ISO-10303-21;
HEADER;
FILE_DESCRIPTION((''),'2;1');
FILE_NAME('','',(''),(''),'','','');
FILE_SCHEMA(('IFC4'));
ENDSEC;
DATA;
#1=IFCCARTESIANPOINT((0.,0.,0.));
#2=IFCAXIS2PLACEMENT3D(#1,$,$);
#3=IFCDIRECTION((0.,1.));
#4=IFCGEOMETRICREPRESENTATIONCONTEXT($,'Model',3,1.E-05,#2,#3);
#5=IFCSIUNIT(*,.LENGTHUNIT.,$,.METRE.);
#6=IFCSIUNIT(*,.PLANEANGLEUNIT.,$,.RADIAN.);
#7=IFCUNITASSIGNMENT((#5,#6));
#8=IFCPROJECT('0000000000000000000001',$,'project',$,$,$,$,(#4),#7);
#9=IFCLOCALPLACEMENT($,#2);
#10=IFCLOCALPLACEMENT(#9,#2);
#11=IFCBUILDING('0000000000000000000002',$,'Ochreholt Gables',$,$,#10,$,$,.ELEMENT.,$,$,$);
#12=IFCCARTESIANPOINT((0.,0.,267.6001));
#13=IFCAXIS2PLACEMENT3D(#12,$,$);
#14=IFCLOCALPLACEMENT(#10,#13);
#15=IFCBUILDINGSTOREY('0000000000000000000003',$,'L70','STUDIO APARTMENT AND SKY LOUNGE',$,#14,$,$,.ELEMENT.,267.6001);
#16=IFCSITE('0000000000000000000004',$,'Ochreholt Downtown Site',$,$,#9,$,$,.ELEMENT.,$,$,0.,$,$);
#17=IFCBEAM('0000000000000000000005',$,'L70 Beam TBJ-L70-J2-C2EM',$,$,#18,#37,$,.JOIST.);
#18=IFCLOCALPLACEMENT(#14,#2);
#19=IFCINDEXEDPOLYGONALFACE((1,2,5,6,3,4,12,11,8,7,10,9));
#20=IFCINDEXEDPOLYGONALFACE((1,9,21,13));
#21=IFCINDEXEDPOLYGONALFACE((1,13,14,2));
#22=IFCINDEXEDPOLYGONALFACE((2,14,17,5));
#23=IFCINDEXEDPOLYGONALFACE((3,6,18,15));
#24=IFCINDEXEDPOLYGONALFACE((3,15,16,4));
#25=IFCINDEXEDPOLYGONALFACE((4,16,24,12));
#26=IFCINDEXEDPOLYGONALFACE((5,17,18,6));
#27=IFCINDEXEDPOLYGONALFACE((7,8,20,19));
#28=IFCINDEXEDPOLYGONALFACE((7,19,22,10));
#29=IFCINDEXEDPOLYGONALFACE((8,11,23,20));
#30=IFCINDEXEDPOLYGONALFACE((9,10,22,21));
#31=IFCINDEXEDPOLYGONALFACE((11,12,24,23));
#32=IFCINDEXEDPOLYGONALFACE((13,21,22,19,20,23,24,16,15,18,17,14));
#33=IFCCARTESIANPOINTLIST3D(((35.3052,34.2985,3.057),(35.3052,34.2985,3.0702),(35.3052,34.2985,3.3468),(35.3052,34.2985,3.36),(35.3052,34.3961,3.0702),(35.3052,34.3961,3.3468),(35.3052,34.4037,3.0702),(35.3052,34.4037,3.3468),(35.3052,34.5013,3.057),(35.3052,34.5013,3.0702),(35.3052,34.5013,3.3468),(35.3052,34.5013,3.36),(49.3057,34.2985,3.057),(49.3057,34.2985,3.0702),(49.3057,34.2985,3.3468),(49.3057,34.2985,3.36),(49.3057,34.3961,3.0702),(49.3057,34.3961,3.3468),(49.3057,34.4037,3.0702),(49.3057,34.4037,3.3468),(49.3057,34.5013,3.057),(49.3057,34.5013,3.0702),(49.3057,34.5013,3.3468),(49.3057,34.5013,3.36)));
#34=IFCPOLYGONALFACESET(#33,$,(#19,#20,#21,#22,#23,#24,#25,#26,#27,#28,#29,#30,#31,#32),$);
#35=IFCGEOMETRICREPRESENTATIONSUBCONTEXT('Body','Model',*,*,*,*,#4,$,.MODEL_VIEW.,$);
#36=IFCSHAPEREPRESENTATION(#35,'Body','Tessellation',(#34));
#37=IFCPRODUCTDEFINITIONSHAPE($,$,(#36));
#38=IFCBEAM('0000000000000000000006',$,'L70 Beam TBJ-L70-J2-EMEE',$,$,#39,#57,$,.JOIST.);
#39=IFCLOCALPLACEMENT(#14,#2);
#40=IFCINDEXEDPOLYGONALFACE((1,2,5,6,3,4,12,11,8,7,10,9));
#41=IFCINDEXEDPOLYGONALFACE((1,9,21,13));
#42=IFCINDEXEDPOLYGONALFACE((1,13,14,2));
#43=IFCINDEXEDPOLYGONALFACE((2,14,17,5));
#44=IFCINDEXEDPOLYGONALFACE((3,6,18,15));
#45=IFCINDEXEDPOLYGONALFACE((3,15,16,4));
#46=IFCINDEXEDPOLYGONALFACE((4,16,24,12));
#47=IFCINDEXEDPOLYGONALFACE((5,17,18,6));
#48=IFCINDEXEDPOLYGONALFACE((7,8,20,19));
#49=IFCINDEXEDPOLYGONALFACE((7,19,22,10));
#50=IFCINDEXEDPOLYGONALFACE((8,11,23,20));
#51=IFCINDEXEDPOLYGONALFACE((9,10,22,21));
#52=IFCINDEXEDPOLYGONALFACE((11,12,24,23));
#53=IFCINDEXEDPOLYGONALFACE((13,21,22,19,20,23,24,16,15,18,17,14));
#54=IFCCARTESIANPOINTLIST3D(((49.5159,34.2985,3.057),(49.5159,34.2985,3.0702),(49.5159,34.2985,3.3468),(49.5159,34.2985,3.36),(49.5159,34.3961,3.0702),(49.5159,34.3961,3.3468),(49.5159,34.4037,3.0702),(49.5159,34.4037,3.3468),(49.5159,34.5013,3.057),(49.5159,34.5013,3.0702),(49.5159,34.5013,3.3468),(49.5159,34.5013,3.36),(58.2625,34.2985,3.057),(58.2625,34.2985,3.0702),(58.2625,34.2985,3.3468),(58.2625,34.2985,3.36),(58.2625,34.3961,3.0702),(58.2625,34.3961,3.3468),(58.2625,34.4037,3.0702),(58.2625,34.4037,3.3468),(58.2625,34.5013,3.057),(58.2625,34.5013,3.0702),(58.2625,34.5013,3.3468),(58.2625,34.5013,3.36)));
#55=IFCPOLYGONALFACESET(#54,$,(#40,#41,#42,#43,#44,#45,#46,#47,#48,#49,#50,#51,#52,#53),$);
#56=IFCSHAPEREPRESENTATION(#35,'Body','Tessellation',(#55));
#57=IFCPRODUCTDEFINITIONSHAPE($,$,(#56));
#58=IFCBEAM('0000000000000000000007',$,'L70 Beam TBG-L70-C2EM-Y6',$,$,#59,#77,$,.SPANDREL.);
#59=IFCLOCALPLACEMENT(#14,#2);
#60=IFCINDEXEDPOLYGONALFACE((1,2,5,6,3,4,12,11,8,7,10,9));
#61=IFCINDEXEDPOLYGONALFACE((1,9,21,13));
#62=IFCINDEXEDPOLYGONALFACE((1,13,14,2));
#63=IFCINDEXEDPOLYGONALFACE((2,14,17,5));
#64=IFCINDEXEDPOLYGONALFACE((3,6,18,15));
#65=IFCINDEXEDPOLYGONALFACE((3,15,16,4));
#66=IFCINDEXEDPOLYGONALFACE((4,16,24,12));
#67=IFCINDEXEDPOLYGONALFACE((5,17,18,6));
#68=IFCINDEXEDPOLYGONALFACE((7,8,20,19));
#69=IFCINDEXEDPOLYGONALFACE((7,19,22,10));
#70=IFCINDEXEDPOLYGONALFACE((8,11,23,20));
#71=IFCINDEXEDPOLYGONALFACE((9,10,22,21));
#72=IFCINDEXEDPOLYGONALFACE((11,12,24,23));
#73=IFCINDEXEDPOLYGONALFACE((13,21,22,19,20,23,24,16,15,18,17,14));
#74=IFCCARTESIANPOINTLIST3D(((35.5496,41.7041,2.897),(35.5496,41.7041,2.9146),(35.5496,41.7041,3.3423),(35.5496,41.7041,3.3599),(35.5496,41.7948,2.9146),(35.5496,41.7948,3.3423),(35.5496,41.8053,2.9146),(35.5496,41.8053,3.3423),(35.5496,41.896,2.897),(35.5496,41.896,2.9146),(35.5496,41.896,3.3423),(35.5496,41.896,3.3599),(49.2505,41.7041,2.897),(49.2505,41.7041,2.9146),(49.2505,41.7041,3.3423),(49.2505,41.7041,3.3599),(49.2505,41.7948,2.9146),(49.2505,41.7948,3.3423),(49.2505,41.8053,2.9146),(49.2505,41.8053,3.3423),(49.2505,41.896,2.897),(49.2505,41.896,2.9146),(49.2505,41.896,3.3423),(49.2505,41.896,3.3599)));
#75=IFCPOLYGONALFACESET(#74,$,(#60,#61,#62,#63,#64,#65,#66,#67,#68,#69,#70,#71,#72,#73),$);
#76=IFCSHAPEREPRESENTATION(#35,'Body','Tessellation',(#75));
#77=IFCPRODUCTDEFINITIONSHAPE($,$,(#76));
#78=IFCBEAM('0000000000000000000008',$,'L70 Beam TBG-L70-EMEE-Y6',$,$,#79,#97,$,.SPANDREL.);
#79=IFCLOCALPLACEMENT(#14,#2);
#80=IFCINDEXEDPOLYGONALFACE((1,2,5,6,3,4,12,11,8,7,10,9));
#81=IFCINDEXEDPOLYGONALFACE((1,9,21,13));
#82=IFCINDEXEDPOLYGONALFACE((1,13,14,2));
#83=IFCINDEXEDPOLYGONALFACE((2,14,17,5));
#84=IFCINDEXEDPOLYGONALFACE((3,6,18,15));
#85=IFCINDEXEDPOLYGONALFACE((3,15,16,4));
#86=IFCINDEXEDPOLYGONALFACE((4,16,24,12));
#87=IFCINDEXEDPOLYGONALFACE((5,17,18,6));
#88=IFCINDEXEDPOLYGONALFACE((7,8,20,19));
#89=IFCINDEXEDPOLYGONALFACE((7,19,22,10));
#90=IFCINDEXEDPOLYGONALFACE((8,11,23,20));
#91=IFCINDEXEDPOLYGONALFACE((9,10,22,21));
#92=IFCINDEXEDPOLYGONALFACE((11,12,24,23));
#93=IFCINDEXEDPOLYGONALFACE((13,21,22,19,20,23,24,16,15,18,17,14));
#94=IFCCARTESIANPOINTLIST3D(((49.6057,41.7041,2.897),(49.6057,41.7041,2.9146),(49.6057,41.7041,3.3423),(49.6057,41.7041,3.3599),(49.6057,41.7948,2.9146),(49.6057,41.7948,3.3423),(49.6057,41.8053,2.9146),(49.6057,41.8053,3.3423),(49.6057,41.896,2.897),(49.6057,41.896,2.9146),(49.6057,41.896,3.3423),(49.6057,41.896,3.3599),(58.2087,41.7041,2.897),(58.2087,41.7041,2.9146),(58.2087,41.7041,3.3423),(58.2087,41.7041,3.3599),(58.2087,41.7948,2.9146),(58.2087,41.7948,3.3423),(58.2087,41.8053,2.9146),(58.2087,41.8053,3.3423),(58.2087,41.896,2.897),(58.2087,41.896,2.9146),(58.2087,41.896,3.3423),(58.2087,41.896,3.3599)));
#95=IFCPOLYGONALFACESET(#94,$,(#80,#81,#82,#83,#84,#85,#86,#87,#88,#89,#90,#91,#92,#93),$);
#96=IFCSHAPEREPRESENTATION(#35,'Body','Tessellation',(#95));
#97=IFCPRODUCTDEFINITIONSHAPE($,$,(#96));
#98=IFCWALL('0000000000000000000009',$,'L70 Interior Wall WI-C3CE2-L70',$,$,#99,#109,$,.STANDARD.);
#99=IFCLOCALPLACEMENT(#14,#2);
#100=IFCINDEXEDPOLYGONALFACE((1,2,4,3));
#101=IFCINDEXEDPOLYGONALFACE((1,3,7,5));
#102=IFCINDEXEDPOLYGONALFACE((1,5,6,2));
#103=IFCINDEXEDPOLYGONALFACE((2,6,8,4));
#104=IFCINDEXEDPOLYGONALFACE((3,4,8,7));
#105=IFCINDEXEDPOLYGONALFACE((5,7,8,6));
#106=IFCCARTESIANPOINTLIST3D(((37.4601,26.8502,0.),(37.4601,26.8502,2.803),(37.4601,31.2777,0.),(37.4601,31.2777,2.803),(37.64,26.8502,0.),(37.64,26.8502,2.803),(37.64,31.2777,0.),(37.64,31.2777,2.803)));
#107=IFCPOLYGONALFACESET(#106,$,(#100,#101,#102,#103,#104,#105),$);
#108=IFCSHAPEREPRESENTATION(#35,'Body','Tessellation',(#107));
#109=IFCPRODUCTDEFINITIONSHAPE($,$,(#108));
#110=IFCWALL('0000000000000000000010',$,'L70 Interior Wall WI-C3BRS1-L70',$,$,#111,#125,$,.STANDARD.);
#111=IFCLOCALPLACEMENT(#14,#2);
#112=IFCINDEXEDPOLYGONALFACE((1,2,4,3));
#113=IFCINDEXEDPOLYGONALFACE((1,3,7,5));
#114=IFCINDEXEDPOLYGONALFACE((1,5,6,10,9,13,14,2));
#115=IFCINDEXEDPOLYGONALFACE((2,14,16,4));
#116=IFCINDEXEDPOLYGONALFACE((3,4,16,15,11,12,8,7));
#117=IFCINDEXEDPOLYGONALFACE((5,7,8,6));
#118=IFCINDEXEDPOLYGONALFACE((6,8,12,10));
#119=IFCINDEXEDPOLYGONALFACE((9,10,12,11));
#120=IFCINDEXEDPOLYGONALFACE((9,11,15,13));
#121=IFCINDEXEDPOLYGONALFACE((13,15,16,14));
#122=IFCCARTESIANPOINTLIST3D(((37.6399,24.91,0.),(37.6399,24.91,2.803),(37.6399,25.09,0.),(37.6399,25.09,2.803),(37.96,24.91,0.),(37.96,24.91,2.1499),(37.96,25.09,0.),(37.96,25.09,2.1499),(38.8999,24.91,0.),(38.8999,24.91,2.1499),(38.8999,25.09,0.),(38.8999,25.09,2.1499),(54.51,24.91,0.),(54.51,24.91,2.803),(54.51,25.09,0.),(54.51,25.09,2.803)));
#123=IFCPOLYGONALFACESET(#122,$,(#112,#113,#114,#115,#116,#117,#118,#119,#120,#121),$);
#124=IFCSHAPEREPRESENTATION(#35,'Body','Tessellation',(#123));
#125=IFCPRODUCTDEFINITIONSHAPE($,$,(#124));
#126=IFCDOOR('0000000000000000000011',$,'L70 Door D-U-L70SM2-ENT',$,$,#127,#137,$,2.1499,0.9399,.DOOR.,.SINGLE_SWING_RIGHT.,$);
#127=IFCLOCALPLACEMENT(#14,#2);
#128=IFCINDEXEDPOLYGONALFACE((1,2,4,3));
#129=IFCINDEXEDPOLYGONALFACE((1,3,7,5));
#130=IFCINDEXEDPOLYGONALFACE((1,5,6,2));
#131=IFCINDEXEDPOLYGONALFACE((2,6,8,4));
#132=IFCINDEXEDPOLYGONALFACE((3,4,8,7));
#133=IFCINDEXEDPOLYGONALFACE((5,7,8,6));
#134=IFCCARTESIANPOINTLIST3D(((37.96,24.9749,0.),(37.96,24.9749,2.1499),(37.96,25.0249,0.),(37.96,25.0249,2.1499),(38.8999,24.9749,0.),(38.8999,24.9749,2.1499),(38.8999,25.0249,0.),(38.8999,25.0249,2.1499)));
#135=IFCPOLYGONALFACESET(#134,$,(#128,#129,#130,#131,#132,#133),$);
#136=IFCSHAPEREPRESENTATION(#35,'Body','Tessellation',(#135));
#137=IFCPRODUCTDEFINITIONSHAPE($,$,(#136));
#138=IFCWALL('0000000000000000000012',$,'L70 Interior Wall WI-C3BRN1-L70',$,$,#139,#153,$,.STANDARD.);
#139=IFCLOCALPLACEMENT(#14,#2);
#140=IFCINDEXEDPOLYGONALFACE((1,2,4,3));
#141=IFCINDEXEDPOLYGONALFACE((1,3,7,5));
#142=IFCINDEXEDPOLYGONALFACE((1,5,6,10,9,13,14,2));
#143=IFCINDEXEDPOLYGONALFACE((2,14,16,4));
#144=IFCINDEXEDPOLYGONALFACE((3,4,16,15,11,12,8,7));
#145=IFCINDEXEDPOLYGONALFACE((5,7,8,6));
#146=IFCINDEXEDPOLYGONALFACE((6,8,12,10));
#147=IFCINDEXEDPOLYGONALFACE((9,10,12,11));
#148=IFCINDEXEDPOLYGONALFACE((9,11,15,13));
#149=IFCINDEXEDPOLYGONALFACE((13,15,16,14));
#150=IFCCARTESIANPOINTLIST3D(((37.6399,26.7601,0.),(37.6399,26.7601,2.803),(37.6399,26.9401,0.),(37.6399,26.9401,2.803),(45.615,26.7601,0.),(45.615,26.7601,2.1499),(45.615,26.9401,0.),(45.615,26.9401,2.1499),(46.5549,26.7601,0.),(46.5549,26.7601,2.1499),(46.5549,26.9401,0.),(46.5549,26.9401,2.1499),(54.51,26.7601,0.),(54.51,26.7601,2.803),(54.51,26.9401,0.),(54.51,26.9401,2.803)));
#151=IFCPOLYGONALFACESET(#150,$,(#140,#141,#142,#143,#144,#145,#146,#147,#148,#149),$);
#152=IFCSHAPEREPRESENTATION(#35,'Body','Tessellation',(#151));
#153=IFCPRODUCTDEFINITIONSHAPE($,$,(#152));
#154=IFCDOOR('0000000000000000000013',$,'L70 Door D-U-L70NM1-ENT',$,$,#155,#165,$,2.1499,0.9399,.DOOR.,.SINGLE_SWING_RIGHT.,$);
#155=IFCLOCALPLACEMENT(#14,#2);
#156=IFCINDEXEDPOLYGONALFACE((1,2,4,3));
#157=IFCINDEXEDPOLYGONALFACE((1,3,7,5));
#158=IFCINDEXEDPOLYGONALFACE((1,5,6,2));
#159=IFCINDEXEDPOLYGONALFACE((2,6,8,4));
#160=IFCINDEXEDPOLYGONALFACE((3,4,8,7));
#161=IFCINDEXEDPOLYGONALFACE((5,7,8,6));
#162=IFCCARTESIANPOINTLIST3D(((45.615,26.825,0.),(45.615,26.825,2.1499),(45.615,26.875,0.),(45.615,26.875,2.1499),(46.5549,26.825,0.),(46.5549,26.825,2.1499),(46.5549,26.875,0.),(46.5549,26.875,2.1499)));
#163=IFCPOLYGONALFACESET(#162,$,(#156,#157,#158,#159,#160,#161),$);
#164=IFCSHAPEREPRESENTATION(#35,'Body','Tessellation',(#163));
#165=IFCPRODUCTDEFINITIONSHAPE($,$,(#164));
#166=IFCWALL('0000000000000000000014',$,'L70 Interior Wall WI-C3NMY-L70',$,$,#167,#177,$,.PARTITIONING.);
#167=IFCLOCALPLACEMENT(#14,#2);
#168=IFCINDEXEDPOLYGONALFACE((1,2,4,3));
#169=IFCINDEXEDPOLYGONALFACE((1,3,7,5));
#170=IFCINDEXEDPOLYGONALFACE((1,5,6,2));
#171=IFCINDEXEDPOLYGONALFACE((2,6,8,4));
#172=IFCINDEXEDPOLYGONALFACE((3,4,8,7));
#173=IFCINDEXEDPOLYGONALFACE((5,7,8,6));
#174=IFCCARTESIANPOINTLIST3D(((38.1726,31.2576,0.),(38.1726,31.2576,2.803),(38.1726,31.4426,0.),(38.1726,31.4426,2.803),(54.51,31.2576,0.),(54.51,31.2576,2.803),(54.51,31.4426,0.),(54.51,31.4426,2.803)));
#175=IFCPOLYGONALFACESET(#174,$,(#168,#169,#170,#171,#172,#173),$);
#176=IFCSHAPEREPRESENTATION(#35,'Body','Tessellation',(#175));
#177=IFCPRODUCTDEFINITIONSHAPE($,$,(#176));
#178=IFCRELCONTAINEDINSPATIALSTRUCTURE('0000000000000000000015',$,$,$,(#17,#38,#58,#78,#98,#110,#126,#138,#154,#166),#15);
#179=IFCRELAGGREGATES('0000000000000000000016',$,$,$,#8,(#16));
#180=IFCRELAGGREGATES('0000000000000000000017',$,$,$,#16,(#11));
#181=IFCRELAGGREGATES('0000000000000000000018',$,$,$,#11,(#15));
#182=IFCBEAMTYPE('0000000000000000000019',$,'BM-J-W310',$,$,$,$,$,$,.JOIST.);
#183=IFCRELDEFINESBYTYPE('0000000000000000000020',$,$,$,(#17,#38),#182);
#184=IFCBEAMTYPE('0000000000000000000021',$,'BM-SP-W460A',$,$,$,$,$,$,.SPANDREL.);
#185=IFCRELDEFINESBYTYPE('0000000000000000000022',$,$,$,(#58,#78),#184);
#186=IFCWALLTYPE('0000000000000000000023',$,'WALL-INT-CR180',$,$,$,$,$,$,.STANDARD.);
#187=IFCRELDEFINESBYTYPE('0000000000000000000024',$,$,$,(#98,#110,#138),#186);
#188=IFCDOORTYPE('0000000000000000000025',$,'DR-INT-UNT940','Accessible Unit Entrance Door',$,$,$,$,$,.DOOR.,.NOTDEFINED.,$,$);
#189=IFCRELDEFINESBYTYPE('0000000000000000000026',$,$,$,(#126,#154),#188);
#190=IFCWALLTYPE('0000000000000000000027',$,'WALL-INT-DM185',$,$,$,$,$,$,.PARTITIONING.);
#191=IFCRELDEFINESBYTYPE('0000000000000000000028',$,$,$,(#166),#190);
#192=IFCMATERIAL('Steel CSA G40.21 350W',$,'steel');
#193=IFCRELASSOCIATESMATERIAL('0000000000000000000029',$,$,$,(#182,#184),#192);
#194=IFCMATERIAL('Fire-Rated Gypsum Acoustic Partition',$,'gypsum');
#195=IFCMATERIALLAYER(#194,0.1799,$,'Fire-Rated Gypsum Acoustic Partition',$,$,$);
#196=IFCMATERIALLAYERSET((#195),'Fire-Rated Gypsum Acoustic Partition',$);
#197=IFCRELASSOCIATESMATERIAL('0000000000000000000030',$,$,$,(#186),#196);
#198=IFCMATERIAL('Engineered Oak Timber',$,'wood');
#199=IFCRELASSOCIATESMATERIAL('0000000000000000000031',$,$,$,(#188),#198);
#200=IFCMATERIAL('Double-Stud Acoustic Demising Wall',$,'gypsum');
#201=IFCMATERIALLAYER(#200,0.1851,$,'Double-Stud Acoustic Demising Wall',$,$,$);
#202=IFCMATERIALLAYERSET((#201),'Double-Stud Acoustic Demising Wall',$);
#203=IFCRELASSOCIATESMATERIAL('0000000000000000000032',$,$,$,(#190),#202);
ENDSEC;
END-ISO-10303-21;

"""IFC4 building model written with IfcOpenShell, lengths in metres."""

from ifc_helpers import new_model, si_unit, direction, frame, frame_2d, origin, origin_2d, place, context, subcontext, project, spatial, rectangle, i_section, extrude, material, layer, layer_set, material_profile, profile_set, type_object, element, fill, save


model = new_model("IFC4")

# Units and contexts
model_context = context("Model", 3, precision=1e-05, world=origin(), true_north=direction((0.0, 1.0)))
body_context = subcontext(model_context, "Body", "Model", "MODEL_VIEW")
ifc_project = project(units=[si_unit("LENGTHUNIT", "METRE"), si_unit("PLANEANGLEUNIT", "RADIAN")], contexts=[model_context])

# Site, building, storey
site_placement = place(None, origin())
site = spatial("IfcSite", under=ifc_project, at=site_placement, Name="Ochreholt Downtown Site", CompositionType="ELEMENT", RefElevation=0.0)
building_placement = place(site_placement, origin())
building = spatial("IfcBuilding", under=site, at=building_placement, Name="Ochreholt Gables", CompositionType="ELEMENT")
storey_placement = place(building_placement, frame((0.0, 0.0, 267.6001)))
storey = spatial("IfcBuildingStorey", under=building, at=storey_placement, Name="L70", Description="STUDIO APARTMENT AND SKY LOUNGE", CompositionType="ELEMENT", Elevation=267.6001)

# Shared definitions
ifc_material_1 = material(Name="Steel CSA G40.21 350W", Category="steel")

# Beams
ifc_material_profile_1 = material_profile(ifc_material_1, i_section(OverallWidth=0.2029, OverallDepth=0.303, WebThickness=0.0076, FlangeThickness=0.0132, at=origin_2d()), Name="W310X60")
ifc_profile_set_1 = profile_set([ifc_material_profile_1], Name="Steel CSA G40.21 350W")
beam_type_1 = type_object("IfcBeamType", Name="BM-J-W310", PredefinedType="JOIST", material=ifc_profile_set_1)
beam_1_placement = place(storey_placement, frame((35.3052, 34.3999, 3.2085), z_axis=(1.0, 0.0, 0.0), x_axis=(0.0, 1.0, 0.0)))
element("IfcBeam", 1, at=beam_1_placement, inside=storey, type_object=beam_type_1, Name="L70 Beam TBJ-L70-J2-C2EM", PredefinedType="JOIST", context=body_context, shape_type="SweptSolid", body=[
    extrude(i_section(OverallWidth=0.2029, OverallDepth=0.303, WebThickness=0.0076, FlangeThickness=0.0132, at=origin_2d()), origin(), (0.0, 0.0, 1.0), 14.0005),
])
beam_2_placement = place(storey_placement, frame((49.5159, 34.3999, 3.2085), z_axis=(1.0, 0.0, 0.0), x_axis=(0.0, 1.0, 0.0)))
element("IfcBeam", 2, at=beam_2_placement, inside=storey, type_object=beam_type_1, Name="L70 Beam TBJ-L70-J2-EMEE", PredefinedType="JOIST", context=body_context, shape_type="SweptSolid", body=[
    extrude(i_section(OverallWidth=0.2029, OverallDepth=0.303, WebThickness=0.0076, FlangeThickness=0.0132, at=origin_2d()), origin(), (0.0, 0.0, 1.0), 8.7466),
])
ifc_material_profile_2 = material_profile(ifc_material_1, i_section(OverallWidth=0.1919, OverallDepth=0.4629, WebThickness=0.0105, FlangeThickness=0.0176, at=origin_2d()), Name="W460X89")
ifc_profile_set_2 = profile_set([ifc_material_profile_2], Name="Steel CSA G40.21 350W")
beam_type_2 = type_object("IfcBeamType", Name="BM-SP-W460A", PredefinedType="SPANDREL", material=ifc_profile_set_2)
beam_3_placement = place(storey_placement, frame((35.5496, 41.8, 3.1284), z_axis=(1.0, 0.0, 0.0), x_axis=(0.0, 1.0, 0.0)))
element("IfcBeam", 3, at=beam_3_placement, inside=storey, type_object=beam_type_2, Name="L70 Beam TBG-L70-C2EM-Y6", PredefinedType="SPANDREL", context=body_context, shape_type="SweptSolid", body=[
    extrude(i_section(OverallWidth=0.1919, OverallDepth=0.4629, WebThickness=0.0105, FlangeThickness=0.0176, at=origin_2d()), origin(), (0.0, 0.0, 1.0), 13.7009),
])
beam_4_placement = place(storey_placement, frame((49.6057, 41.8, 3.1284), z_axis=(1.0, 0.0, 0.0), x_axis=(0.0, 1.0, 0.0)))
element("IfcBeam", 4, at=beam_4_placement, inside=storey, type_object=beam_type_2, Name="L70 Beam TBG-L70-EMEE-Y6", PredefinedType="SPANDREL", context=body_context, shape_type="SweptSolid", body=[
    extrude(i_section(OverallWidth=0.1919, OverallDepth=0.4629, WebThickness=0.0105, FlangeThickness=0.0176, at=origin_2d()), origin(), (0.0, 0.0, 1.0), 8.603),
])

# Wall
ifc_material_2 = material(Name="Fire-Rated Gypsum Acoustic Partition", Category="gypsum")
ifc_layer_1 = layer(ifc_material_2, 0.1799, Name="Fire-Rated Gypsum Acoustic Partition")
ifc_layer_set_1 = layer_set([ifc_layer_1], Name="Fire-Rated Gypsum Acoustic Partition")
wall_type_1 = type_object("IfcWallType", Name="WALL-INT-CR180", PredefinedType="STANDARD", material=ifc_layer_set_1)
wall_1_placement = place(storey_placement, frame((37.55, 26.8501, 0.0), z_axis=(0.0, 0.0, 1.0), x_axis=(0.0, 1.0, 0.0)))
element("IfcWall", 5, at=wall_1_placement, inside=storey, type_object=wall_type_1, Name="L70 Interior Wall WI-C3CE2-L70", PredefinedType="STANDARD", context=body_context, shape_type="SweptSolid", body=[
    extrude(rectangle(XDim=4.4275, YDim=0.1799, at=frame_2d((2.2139, 0.0))), origin(), (0.0, 0.0, 1.0), 2.803),
])

# Walls, openings, doors
wall_2_placement = place(storey_placement, frame((37.6399, 25.0, 0.0), z_axis=(0.0, 0.0, 1.0), x_axis=(1.0, 0.0, 0.0)))
wall_2 = element("IfcWall", 6, at=wall_2_placement, inside=storey, type_object=wall_type_1, Name="L70 Interior Wall WI-C3BRS1-L70", PredefinedType="STANDARD", context=body_context, shape_type="SweptSolid", body=[
    extrude(rectangle(XDim=16.8701, YDim=0.1799, at=frame_2d((8.4351, 0.0))), origin(), (0.0, 0.0, 1.0), 2.803),
])
opening_1_placement = place(wall_2_placement, frame((0.3201, 0.0, 0.0)))
opening_1 = element("IfcOpeningElement", 7, at=opening_1_placement, cuts=wall_2, PredefinedType="OPENING", context=body_context, shape_type="SweptSolid", body=[
    extrude(rectangle(XDim=0.9399, YDim=2.1499, at=frame_2d((0.47, 1.075))), frame((0.0, 0.0999, 0.0), z_axis=(0.0, -1.0, 0.0), x_axis=(1.0, 0.0, 0.0)), (0.0, 0.0, 1.0), 0.2),
])
ifc_material_3 = material(Name="Engineered Oak Timber", Category="wood")
door_type_1 = type_object("IfcDoorType", Name="DR-INT-UNT940", Description="Accessible Unit Entrance Door", OperationType="NOTDEFINED", PredefinedType="DOOR", material=ifc_material_3)
door_1_placement = place(opening_1_placement, origin())
door_1 = element("IfcDoor", 8, at=door_1_placement, inside=storey, type_object=door_type_1, Name="L70 Door D-U-L70SM2-ENT", OperationType="SINGLE_SWING_RIGHT", OverallHeight=2.1499, OverallWidth=0.9399, PredefinedType="DOOR", context=body_context, shape_type="SweptSolid", body=[
    extrude(rectangle(XDim=0.9399, YDim=2.1499, at=frame_2d((0.47, 1.075))), frame((0.0, 0.0249, 0.0), z_axis=(0.0, -1.0, 0.0), x_axis=(1.0, 0.0, 0.0)), (0.0, 0.0, 1.0), 0.05),
])
fill(opening_1, door_1)
wall_3_placement = place(storey_placement, frame((37.6399, 26.8501, 0.0), z_axis=(0.0, 0.0, 1.0), x_axis=(1.0, 0.0, 0.0)))
wall_3 = element("IfcWall", 9, at=wall_3_placement, inside=storey, type_object=wall_type_1, Name="L70 Interior Wall WI-C3BRN1-L70", PredefinedType="STANDARD", context=body_context, shape_type="SweptSolid", body=[
    extrude(rectangle(XDim=16.8701, YDim=0.1799, at=frame_2d((8.4351, 0.0))), origin(), (0.0, 0.0, 1.0), 2.803),
])
opening_2_placement = place(wall_3_placement, frame((7.9751, 0.0, 0.0)))
opening_2 = element("IfcOpeningElement", 10, at=opening_2_placement, cuts=wall_3, PredefinedType="OPENING", context=body_context, shape_type="SweptSolid", body=[
    extrude(rectangle(XDim=0.9399, YDim=2.1499, at=frame_2d((0.47, 1.075))), frame((0.0, 0.0999, 0.0), z_axis=(0.0, -1.0, 0.0), x_axis=(1.0, 0.0, 0.0)), (0.0, 0.0, 1.0), 0.2),
])
door_2_placement = place(opening_2_placement, origin())
door_2 = element("IfcDoor", 11, at=door_2_placement, inside=storey, type_object=door_type_1, Name="L70 Door D-U-L70NM1-ENT", OperationType="SINGLE_SWING_RIGHT", OverallHeight=2.1499, OverallWidth=0.9399, PredefinedType="DOOR", context=body_context, shape_type="SweptSolid", body=[
    extrude(rectangle(XDim=0.9399, YDim=2.1499, at=frame_2d((0.47, 1.075))), frame((0.0, 0.0249, 0.0), z_axis=(0.0, -1.0, 0.0), x_axis=(1.0, 0.0, 0.0)), (0.0, 0.0, 1.0), 0.05),
])
fill(opening_2, door_2)

# Wall
ifc_material_4 = material(Name="Double-Stud Acoustic Demising Wall", Category="gypsum")
ifc_layer_2 = layer(ifc_material_4, 0.1851, Name="Double-Stud Acoustic Demising Wall")
ifc_layer_set_2 = layer_set([ifc_layer_2], Name="Double-Stud Acoustic Demising Wall")
wall_type_2 = type_object("IfcWallType", Name="WALL-INT-DM185", PredefinedType="PARTITIONING", material=ifc_layer_set_2)
wall_4_placement = place(storey_placement, frame((38.1726, 31.3501, 0.0), z_axis=(0.0, 0.0, 1.0), x_axis=(1.0, 0.0, 0.0)))
element("IfcWall", 12, at=wall_4_placement, inside=storey, type_object=wall_type_2, Name="L70 Interior Wall WI-C3NMY-L70", PredefinedType="PARTITIONING", context=body_context, shape_type="SweptSolid", body=[
    extrude(rectangle(XDim=16.3374, YDim=0.1851, at=frame_2d((8.1687, 0.0))), origin(), (0.0, 0.0, 1.0), 2.803),
])

save(model, "model.ifc")
